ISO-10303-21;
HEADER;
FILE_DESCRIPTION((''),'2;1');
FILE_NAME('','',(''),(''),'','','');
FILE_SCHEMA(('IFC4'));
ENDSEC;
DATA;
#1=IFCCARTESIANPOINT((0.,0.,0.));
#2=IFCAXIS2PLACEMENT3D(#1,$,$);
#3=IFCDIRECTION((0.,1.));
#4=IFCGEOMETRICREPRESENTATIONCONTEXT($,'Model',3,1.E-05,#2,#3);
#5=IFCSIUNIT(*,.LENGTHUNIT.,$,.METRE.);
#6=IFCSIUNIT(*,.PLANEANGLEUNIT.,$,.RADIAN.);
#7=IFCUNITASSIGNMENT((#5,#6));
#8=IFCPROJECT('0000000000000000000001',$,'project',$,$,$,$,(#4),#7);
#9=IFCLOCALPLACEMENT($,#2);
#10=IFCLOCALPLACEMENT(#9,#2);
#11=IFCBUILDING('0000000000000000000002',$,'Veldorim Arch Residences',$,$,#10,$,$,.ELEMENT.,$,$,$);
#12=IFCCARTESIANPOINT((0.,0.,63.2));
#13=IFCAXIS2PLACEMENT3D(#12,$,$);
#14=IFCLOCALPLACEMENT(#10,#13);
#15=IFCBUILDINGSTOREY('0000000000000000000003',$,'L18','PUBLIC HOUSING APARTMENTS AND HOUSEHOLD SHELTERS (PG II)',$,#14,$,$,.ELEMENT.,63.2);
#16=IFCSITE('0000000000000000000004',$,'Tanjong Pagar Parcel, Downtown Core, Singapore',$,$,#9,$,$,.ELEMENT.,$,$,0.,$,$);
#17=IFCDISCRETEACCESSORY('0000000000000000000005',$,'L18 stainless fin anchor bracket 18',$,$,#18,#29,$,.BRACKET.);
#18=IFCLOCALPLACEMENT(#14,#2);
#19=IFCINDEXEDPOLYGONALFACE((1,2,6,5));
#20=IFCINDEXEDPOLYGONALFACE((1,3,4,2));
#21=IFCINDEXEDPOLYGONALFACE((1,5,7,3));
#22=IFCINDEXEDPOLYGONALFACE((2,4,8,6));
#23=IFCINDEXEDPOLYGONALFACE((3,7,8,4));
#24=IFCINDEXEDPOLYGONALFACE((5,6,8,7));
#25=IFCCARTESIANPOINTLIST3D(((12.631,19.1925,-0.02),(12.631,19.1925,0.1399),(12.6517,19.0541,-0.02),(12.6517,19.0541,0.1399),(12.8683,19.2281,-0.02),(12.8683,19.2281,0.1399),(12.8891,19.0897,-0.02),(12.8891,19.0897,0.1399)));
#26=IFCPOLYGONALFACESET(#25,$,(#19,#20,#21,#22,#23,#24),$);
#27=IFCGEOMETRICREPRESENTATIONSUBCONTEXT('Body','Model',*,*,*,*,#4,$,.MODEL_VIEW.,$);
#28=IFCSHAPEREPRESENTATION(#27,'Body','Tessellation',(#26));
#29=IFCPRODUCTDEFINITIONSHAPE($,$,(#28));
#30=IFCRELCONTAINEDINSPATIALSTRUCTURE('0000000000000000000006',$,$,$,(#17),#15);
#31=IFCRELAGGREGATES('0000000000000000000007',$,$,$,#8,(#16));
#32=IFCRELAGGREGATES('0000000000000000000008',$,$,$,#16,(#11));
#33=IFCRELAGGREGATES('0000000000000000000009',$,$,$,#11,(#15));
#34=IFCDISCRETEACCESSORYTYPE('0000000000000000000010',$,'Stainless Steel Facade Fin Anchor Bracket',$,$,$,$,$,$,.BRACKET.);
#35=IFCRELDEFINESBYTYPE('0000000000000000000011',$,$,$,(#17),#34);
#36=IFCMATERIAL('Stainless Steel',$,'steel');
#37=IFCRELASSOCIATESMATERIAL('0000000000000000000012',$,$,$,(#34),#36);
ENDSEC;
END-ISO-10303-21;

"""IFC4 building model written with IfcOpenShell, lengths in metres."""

from ifc_helpers import new_model, si_unit, direction, frame, origin, origin_2d, place, context, subcontext, project, spatial, rectangle, extrude, material, type_object, element, save


model = new_model("IFC4")

# Units and contexts
model_context = context("Model", 3, precision=1e-05, world=origin(), true_north=direction((0.0, 1.0)))
body_context = subcontext(model_context, "Body", "Model", "MODEL_VIEW")
ifc_project = project(units=[si_unit("LENGTHUNIT", "METRE"), si_unit("PLANEANGLEUNIT", "RADIAN")], contexts=[model_context])

# Site, building, storey
site_placement = place(None, origin())
site = spatial("IfcSite", under=ifc_project, at=site_placement, Name="Tanjong Pagar Parcel, Downtown Core, Singapore", CompositionType="ELEMENT", RefElevation=0.0)
building_placement = place(site_placement, origin())
building = spatial("IfcBuilding", under=site, at=building_placement, Name="Veldorim Arch Residences", CompositionType="ELEMENT")
storey_placement = place(building_placement, frame((0.0, 0.0, 63.2)))
storey = spatial("IfcBuildingStorey", under=building, at=storey_placement, Name="L18", Description="PUBLIC HOUSING APARTMENTS AND HOUSEHOLD SHELTERS (PG II)", CompositionType="ELEMENT", Elevation=63.2)

# Discrete accessory
ifc_material_1 = material(Name="Stainless Steel", Category="steel")
discrete_accessory_type = type_object("IfcDiscreteAccessoryType", Name="Stainless Steel Facade Fin Anchor Bracket", PredefinedType="BRACKET", material=ifc_material_1)
discrete_accessory_placement = place(storey_placement, frame((12.76, 19.1411, -0.02), z_axis=(0.0, 0.0, 1.0), x_axis=(-0.148327, 0.988938, 0.0)))
element("IfcDiscreteAccessory", 1, at=discrete_accessory_placement, inside=storey, type_object=discrete_accessory_type, Name="L18 stainless fin anchor bracket 18", PredefinedType="BRACKET", context=body_context, shape_type="SweptSolid", body=[
    extrude(rectangle(XDim=0.1399, YDim=0.24, at=origin_2d()), origin(), (0.0, 0.0, 1.0), 0.1599),
])

save(model, "model.ifc")
